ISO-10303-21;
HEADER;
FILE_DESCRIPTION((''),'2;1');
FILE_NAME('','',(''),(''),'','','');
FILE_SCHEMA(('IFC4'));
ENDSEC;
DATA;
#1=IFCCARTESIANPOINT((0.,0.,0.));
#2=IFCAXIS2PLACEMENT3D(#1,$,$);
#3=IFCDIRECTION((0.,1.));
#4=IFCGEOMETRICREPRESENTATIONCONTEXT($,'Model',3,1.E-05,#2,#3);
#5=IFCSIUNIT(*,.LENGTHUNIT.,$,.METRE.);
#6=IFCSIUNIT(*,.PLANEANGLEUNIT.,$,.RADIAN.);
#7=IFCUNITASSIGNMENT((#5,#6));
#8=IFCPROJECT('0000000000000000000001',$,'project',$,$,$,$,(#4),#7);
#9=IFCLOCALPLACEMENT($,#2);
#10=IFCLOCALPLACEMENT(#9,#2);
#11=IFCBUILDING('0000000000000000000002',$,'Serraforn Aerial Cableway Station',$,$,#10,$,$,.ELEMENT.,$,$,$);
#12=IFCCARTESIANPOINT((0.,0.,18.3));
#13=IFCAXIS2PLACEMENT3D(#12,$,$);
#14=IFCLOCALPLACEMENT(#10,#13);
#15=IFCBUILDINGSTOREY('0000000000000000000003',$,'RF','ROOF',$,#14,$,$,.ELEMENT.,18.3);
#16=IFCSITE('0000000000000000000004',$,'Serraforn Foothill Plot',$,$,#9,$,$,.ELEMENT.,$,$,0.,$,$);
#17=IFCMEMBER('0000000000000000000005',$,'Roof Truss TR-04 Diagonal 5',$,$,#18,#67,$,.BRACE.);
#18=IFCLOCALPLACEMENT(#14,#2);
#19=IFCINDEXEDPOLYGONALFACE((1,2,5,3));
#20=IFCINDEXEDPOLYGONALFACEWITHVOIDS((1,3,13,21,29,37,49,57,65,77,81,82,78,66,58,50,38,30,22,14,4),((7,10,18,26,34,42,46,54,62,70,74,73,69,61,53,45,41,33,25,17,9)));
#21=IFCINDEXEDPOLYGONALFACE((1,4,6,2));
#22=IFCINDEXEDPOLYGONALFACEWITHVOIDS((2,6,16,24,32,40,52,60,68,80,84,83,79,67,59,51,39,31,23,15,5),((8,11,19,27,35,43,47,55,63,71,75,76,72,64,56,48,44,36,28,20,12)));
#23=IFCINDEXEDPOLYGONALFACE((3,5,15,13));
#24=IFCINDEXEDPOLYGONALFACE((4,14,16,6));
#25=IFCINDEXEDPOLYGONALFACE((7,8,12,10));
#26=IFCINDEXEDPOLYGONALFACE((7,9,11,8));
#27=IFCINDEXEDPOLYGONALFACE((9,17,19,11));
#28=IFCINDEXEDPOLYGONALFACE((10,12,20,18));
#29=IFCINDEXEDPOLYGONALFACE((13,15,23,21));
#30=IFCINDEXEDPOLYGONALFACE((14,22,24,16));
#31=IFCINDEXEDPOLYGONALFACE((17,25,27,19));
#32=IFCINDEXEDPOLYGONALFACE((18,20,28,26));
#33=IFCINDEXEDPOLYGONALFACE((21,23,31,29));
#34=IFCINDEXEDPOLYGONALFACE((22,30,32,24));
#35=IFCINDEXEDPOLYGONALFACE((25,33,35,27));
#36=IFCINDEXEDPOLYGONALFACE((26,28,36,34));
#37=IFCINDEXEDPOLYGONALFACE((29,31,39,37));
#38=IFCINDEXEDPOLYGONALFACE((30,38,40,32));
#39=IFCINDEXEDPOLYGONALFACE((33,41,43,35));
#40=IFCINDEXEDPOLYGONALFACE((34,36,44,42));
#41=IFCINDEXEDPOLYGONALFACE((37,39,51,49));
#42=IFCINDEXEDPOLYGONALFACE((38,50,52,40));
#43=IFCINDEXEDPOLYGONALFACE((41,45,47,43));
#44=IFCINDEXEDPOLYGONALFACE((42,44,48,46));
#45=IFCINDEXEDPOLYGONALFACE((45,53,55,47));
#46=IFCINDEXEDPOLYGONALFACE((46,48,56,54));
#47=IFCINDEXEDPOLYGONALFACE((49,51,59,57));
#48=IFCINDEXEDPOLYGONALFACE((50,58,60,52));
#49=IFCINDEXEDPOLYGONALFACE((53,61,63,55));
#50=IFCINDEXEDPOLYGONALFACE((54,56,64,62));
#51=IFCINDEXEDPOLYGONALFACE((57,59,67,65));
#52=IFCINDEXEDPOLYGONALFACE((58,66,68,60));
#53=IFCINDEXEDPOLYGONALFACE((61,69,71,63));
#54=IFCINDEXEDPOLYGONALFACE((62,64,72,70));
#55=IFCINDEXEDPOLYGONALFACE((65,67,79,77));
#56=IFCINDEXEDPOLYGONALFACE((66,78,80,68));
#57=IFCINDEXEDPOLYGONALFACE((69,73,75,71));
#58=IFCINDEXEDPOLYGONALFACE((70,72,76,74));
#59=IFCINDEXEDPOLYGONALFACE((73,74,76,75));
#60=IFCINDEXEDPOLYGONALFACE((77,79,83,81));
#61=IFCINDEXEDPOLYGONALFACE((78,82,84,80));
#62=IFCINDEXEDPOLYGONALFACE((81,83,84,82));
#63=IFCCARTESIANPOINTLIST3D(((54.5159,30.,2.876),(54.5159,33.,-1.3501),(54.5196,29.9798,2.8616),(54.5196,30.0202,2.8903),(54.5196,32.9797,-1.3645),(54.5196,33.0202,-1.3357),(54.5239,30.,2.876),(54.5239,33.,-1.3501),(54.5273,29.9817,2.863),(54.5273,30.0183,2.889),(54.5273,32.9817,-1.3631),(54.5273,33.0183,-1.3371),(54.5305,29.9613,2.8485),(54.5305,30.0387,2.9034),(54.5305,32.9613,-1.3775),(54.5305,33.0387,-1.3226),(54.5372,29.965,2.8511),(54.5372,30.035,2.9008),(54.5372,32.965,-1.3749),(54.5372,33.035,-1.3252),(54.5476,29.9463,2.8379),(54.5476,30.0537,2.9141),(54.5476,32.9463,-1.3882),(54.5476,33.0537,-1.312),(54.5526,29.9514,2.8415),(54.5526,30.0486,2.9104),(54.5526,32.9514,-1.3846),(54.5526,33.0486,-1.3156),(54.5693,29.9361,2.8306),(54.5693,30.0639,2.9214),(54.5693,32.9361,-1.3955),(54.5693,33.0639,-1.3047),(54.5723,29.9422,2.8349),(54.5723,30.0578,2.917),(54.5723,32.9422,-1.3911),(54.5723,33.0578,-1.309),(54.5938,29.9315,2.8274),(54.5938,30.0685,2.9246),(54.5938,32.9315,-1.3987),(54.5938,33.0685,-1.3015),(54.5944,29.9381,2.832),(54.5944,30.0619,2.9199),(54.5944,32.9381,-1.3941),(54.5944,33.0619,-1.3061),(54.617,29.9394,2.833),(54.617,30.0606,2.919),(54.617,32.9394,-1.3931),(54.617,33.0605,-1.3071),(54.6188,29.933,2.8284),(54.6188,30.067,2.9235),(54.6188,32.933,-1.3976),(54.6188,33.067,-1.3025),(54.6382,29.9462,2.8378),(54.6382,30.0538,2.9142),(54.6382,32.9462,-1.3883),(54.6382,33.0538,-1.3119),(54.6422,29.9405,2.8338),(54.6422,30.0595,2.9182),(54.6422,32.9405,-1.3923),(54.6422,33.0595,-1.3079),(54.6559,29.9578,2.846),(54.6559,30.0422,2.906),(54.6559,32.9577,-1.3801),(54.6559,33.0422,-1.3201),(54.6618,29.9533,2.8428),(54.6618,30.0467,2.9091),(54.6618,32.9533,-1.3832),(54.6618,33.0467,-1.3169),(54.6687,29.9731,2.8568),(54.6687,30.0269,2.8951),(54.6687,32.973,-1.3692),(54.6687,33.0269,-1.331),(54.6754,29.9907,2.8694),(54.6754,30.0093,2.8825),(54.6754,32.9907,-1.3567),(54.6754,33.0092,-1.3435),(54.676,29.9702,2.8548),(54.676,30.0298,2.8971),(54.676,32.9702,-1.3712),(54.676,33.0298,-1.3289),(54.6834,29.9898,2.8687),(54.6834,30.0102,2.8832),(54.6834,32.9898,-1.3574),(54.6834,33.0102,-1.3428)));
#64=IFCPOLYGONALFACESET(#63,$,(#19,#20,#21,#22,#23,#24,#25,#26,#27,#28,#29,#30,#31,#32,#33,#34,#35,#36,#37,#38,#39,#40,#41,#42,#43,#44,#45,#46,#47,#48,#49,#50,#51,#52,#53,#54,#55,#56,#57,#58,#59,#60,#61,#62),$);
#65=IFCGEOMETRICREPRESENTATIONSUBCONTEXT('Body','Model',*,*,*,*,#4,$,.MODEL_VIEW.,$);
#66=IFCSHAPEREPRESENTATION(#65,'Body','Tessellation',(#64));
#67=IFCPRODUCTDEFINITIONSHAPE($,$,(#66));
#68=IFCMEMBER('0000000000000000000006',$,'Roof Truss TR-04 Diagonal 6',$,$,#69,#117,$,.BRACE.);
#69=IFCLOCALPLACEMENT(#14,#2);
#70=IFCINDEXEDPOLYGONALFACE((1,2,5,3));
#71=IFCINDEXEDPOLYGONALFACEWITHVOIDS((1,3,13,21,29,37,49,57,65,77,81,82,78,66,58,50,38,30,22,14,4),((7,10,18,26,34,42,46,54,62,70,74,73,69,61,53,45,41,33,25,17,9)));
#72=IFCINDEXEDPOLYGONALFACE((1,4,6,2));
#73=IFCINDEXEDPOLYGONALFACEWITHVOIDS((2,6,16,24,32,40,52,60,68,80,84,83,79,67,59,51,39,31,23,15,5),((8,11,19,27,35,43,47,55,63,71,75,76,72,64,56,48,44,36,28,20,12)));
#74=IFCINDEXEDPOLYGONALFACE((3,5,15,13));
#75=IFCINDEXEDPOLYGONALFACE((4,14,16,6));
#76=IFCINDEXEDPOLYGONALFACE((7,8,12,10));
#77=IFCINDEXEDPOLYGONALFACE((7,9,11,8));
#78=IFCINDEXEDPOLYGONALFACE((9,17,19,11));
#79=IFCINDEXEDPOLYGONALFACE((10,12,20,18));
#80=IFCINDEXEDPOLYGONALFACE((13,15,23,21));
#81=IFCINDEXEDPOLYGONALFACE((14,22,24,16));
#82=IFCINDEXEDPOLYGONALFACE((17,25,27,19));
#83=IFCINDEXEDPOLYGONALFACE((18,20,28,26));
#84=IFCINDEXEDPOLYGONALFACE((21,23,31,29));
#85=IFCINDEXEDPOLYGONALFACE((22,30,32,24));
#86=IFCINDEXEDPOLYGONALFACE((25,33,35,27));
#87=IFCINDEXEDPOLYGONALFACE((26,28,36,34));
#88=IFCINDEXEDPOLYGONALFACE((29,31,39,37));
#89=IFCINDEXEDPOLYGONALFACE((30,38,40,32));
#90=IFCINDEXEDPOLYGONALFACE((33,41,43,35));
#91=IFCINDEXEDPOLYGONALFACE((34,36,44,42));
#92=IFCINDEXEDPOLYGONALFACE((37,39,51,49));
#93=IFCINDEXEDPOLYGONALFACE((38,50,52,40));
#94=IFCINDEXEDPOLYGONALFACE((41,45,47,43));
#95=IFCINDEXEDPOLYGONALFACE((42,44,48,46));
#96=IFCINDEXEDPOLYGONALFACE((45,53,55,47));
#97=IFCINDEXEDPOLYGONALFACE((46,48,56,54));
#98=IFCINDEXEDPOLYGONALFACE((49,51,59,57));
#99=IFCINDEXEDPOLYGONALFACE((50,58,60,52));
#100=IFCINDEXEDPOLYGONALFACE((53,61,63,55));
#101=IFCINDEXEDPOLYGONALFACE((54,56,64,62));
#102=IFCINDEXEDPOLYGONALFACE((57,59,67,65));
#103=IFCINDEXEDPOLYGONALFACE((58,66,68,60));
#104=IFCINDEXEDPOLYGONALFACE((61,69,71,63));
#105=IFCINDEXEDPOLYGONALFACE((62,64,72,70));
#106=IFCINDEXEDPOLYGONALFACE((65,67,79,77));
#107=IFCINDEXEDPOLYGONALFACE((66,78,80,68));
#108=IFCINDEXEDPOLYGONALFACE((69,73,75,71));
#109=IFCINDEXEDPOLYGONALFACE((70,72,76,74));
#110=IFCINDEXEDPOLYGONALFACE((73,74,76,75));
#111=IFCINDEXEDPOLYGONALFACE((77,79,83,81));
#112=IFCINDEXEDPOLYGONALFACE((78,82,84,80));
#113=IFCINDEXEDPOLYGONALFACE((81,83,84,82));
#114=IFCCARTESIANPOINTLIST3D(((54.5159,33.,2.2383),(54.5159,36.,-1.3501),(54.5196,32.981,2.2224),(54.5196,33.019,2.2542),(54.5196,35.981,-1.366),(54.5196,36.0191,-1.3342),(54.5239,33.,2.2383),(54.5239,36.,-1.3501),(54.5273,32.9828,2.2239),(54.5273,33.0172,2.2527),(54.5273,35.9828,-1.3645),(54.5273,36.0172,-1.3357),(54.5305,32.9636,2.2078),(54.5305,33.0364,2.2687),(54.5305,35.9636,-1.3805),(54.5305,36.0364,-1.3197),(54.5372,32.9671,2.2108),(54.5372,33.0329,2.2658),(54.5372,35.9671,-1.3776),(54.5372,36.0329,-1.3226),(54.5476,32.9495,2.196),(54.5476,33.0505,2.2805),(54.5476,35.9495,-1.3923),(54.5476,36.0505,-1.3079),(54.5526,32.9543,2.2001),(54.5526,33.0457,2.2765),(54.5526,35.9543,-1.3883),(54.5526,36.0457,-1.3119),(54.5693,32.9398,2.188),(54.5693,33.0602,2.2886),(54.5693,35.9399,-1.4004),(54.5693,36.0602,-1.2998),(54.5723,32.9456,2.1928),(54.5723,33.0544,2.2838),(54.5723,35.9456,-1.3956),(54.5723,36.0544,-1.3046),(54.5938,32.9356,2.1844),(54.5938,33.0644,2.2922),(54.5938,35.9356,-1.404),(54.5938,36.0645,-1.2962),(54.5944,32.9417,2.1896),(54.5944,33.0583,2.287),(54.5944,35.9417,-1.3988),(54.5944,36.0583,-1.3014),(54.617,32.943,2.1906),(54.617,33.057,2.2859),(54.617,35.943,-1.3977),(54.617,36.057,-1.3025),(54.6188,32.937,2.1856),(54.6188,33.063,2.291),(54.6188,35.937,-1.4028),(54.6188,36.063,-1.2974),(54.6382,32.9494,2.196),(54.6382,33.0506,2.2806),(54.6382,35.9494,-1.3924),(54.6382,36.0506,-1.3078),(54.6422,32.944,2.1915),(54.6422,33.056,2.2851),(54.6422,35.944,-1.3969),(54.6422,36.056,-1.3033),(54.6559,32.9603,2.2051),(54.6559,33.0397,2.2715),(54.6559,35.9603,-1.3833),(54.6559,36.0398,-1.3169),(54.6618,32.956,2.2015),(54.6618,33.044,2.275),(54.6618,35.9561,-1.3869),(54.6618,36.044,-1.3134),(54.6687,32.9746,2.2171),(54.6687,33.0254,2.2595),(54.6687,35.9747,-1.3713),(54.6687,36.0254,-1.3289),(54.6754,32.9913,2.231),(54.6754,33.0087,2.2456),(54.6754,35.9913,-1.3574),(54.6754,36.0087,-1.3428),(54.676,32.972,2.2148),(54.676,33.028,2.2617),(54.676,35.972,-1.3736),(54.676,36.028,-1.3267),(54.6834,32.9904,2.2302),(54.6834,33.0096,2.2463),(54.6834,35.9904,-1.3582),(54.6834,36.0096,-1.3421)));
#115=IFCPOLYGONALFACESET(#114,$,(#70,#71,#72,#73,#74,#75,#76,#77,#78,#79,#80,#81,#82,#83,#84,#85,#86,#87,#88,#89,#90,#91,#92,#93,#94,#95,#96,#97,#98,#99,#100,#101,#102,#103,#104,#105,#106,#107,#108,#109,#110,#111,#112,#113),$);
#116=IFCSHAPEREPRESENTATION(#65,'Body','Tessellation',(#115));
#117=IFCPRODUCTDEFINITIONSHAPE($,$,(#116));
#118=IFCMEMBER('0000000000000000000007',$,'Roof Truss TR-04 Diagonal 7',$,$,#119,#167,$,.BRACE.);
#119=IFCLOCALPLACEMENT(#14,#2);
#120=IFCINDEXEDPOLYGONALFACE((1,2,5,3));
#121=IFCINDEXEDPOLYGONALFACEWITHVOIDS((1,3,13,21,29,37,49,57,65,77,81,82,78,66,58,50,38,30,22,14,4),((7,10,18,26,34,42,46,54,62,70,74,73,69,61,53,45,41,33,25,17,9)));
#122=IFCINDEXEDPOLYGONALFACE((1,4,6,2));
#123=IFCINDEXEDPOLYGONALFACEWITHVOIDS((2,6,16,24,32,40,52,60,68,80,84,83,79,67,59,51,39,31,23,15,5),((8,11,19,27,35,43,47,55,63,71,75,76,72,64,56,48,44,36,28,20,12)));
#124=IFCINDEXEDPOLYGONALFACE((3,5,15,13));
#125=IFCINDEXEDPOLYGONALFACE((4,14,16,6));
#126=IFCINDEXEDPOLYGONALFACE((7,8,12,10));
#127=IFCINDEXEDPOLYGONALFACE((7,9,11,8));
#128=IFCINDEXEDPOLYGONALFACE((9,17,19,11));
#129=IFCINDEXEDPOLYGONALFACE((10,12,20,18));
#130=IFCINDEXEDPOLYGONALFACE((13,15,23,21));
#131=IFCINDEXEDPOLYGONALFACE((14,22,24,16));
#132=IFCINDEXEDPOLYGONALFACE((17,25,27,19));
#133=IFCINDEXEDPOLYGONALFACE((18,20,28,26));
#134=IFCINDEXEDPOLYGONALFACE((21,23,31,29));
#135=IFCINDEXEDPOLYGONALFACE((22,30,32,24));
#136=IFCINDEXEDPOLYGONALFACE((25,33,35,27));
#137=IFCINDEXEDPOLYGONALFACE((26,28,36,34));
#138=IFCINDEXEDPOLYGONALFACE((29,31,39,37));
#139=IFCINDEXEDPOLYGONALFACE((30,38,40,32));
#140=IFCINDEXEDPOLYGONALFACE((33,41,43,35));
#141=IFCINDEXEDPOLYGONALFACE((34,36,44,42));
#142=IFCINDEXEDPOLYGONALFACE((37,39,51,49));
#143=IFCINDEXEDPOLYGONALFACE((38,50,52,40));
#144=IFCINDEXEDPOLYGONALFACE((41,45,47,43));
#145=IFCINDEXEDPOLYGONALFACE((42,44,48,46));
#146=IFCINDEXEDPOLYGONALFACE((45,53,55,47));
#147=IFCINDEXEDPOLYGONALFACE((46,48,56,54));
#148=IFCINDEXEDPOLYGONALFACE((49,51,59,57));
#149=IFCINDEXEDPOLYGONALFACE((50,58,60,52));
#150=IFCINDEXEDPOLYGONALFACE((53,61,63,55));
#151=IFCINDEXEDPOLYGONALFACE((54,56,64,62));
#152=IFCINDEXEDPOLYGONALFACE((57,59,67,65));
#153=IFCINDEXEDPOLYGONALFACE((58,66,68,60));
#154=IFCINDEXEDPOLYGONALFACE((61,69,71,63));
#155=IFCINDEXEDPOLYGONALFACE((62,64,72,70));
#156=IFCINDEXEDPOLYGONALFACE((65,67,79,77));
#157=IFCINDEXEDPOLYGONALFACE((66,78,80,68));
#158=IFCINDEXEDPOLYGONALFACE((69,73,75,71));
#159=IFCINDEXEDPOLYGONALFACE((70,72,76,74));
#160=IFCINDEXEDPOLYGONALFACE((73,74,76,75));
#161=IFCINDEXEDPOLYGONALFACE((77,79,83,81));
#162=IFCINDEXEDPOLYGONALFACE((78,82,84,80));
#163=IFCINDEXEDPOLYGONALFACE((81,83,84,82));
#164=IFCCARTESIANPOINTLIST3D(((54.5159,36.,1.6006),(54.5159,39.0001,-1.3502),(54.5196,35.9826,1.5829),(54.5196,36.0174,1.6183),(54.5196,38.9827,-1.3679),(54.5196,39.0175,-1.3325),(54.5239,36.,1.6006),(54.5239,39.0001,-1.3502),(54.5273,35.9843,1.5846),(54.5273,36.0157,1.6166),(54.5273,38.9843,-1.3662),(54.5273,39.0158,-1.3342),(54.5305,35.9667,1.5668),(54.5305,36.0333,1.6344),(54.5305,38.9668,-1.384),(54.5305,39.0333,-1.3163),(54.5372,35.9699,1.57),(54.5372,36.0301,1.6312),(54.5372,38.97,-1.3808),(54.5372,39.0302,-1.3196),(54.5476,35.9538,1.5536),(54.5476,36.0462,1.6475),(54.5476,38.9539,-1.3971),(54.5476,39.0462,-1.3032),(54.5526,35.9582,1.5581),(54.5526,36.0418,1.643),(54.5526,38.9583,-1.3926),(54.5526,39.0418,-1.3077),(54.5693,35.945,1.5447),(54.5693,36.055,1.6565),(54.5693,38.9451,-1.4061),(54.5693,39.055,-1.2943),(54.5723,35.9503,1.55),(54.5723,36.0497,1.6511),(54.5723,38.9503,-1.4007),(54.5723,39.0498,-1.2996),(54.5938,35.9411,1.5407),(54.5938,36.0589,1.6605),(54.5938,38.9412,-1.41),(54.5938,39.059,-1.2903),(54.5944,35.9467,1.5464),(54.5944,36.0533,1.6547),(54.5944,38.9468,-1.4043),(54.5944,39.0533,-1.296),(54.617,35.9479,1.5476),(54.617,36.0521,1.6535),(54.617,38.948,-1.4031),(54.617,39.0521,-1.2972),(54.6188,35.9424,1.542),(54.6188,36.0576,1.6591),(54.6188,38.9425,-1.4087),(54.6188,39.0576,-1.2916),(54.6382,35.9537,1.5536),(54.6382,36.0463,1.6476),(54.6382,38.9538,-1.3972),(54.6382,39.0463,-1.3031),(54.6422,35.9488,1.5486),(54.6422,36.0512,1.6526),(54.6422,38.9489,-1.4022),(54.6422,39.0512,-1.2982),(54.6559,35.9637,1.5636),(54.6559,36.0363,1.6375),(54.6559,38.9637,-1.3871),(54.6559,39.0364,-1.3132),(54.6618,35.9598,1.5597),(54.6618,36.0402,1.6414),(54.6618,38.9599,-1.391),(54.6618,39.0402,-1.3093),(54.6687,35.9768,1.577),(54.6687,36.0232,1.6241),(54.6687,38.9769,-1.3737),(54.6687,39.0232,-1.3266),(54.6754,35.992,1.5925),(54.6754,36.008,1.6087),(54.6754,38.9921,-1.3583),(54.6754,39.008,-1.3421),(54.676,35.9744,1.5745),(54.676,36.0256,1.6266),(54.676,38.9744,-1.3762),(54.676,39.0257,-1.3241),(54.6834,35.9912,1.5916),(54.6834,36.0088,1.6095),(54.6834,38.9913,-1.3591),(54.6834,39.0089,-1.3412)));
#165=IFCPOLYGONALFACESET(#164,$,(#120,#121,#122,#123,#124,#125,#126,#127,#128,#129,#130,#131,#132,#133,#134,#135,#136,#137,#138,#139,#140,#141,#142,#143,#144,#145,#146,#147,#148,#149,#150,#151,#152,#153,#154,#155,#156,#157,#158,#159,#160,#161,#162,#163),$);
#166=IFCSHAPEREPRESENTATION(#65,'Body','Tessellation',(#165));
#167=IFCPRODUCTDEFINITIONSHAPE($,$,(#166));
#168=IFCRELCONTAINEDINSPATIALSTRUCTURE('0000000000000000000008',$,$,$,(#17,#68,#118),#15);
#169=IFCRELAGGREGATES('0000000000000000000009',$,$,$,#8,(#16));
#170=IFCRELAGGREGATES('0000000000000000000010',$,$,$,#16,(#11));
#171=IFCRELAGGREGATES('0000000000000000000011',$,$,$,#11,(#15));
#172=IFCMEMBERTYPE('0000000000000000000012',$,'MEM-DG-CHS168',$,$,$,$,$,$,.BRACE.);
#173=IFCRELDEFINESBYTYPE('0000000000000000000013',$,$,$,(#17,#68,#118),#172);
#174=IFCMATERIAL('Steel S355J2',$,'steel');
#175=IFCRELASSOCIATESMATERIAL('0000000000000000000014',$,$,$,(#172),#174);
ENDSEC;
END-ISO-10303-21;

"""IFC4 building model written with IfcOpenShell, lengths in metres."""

from ifc_helpers import new_model, si_unit, direction, frame, origin, origin_2d, place, context, subcontext, project, spatial, hollow_circle, extrude, material, material_profile, profile_set, type_object, element, save


model = new_model("IFC4")

# Units and contexts
model_context = context("Model", 3, precision=1e-05, world=origin(), true_north=direction((0.0, 1.0)))
body_context = subcontext(model_context, "Body", "Model", "MODEL_VIEW")
ifc_project = project(units=[si_unit("LENGTHUNIT", "METRE"), si_unit("PLANEANGLEUNIT", "RADIAN")], contexts=[model_context])

# Site, building, storey
site_placement = place(None, origin())
site = spatial("IfcSite", under=ifc_project, at=site_placement, Name="Serraforn Foothill Plot", CompositionType="ELEMENT", RefElevation=0.0)
building_placement = place(site_placement, origin())
building = spatial("IfcBuilding", under=site, at=building_placement, Name="Serraforn Aerial Cableway Station", CompositionType="ELEMENT")
storey_placement = place(building_placement, frame((0.0, 0.0, 18.3)))
storey = spatial("IfcBuildingStorey", under=building, at=storey_placement, Name="RF", Description="ROOF", CompositionType="ELEMENT", Elevation=18.3)

# Members
ifc_material_1 = material(Name="Steel S355J2", Category="steel")
ifc_material_profile_1 = material_profile(ifc_material_1, hollow_circle(Radius=0.0842, WallThickness=0.0081, at=origin_2d()), Name="CHS 168.3x8.0")
ifc_profile_set_1 = profile_set([ifc_material_profile_1], Name="Steel S355J2")
member_type_1 = type_object("IfcMemberType", Name="MEM-DG-CHS168", PredefinedType="BRACE", material=ifc_profile_set_1)
member_1_placement = place(storey_placement, frame((54.6001, 30.0, 2.876), z_axis=(0.0, 0.578856, -0.81543), x_axis=(-1.0, 0.0, 0.0)))
element("IfcMember", 1, at=member_1_placement, inside=storey, type_object=member_type_1, Name="Roof Truss TR-04 Diagonal 5", PredefinedType="BRACE", context=body_context, shape_type="SweptSolid", body=[
    extrude(hollow_circle(Radius=0.0842, WallThickness=0.0081, at=origin_2d()), origin(), (0.0, 0.0, 1.0), 5.1826),
])
member_2_placement = place(storey_placement, frame((54.6001, 33.0, 2.2383), z_axis=(0.0, 0.641406, -0.767202), x_axis=(-1.0, 0.0, 0.0)))
element("IfcMember", 2, at=member_2_placement, inside=storey, type_object=member_type_1, Name="Roof Truss TR-04 Diagonal 6", PredefinedType="BRACE", context=body_context, shape_type="SweptSolid", body=[
    extrude(hollow_circle(Radius=0.0842, WallThickness=0.0081, at=origin_2d()), origin(), (0.0, 0.0, 1.0), 4.6772),
])
member_3_placement = place(storey_placement, frame((54.6001, 36.0, 1.6006), z_axis=(0.0, 0.712942, -0.701223), x_axis=(-1.0, 0.0, 0.0)))
element("IfcMember", 3, at=member_3_placement, inside=storey, type_object=member_type_1, Name="Roof Truss TR-04 Diagonal 7", PredefinedType="BRACE", context=body_context, shape_type="SweptSolid", body=[
    extrude(hollow_circle(Radius=0.0842, WallThickness=0.0081, at=origin_2d()), origin(), (0.0, 0.0, 1.0), 4.208),
])

save(model, "model.ifc")
